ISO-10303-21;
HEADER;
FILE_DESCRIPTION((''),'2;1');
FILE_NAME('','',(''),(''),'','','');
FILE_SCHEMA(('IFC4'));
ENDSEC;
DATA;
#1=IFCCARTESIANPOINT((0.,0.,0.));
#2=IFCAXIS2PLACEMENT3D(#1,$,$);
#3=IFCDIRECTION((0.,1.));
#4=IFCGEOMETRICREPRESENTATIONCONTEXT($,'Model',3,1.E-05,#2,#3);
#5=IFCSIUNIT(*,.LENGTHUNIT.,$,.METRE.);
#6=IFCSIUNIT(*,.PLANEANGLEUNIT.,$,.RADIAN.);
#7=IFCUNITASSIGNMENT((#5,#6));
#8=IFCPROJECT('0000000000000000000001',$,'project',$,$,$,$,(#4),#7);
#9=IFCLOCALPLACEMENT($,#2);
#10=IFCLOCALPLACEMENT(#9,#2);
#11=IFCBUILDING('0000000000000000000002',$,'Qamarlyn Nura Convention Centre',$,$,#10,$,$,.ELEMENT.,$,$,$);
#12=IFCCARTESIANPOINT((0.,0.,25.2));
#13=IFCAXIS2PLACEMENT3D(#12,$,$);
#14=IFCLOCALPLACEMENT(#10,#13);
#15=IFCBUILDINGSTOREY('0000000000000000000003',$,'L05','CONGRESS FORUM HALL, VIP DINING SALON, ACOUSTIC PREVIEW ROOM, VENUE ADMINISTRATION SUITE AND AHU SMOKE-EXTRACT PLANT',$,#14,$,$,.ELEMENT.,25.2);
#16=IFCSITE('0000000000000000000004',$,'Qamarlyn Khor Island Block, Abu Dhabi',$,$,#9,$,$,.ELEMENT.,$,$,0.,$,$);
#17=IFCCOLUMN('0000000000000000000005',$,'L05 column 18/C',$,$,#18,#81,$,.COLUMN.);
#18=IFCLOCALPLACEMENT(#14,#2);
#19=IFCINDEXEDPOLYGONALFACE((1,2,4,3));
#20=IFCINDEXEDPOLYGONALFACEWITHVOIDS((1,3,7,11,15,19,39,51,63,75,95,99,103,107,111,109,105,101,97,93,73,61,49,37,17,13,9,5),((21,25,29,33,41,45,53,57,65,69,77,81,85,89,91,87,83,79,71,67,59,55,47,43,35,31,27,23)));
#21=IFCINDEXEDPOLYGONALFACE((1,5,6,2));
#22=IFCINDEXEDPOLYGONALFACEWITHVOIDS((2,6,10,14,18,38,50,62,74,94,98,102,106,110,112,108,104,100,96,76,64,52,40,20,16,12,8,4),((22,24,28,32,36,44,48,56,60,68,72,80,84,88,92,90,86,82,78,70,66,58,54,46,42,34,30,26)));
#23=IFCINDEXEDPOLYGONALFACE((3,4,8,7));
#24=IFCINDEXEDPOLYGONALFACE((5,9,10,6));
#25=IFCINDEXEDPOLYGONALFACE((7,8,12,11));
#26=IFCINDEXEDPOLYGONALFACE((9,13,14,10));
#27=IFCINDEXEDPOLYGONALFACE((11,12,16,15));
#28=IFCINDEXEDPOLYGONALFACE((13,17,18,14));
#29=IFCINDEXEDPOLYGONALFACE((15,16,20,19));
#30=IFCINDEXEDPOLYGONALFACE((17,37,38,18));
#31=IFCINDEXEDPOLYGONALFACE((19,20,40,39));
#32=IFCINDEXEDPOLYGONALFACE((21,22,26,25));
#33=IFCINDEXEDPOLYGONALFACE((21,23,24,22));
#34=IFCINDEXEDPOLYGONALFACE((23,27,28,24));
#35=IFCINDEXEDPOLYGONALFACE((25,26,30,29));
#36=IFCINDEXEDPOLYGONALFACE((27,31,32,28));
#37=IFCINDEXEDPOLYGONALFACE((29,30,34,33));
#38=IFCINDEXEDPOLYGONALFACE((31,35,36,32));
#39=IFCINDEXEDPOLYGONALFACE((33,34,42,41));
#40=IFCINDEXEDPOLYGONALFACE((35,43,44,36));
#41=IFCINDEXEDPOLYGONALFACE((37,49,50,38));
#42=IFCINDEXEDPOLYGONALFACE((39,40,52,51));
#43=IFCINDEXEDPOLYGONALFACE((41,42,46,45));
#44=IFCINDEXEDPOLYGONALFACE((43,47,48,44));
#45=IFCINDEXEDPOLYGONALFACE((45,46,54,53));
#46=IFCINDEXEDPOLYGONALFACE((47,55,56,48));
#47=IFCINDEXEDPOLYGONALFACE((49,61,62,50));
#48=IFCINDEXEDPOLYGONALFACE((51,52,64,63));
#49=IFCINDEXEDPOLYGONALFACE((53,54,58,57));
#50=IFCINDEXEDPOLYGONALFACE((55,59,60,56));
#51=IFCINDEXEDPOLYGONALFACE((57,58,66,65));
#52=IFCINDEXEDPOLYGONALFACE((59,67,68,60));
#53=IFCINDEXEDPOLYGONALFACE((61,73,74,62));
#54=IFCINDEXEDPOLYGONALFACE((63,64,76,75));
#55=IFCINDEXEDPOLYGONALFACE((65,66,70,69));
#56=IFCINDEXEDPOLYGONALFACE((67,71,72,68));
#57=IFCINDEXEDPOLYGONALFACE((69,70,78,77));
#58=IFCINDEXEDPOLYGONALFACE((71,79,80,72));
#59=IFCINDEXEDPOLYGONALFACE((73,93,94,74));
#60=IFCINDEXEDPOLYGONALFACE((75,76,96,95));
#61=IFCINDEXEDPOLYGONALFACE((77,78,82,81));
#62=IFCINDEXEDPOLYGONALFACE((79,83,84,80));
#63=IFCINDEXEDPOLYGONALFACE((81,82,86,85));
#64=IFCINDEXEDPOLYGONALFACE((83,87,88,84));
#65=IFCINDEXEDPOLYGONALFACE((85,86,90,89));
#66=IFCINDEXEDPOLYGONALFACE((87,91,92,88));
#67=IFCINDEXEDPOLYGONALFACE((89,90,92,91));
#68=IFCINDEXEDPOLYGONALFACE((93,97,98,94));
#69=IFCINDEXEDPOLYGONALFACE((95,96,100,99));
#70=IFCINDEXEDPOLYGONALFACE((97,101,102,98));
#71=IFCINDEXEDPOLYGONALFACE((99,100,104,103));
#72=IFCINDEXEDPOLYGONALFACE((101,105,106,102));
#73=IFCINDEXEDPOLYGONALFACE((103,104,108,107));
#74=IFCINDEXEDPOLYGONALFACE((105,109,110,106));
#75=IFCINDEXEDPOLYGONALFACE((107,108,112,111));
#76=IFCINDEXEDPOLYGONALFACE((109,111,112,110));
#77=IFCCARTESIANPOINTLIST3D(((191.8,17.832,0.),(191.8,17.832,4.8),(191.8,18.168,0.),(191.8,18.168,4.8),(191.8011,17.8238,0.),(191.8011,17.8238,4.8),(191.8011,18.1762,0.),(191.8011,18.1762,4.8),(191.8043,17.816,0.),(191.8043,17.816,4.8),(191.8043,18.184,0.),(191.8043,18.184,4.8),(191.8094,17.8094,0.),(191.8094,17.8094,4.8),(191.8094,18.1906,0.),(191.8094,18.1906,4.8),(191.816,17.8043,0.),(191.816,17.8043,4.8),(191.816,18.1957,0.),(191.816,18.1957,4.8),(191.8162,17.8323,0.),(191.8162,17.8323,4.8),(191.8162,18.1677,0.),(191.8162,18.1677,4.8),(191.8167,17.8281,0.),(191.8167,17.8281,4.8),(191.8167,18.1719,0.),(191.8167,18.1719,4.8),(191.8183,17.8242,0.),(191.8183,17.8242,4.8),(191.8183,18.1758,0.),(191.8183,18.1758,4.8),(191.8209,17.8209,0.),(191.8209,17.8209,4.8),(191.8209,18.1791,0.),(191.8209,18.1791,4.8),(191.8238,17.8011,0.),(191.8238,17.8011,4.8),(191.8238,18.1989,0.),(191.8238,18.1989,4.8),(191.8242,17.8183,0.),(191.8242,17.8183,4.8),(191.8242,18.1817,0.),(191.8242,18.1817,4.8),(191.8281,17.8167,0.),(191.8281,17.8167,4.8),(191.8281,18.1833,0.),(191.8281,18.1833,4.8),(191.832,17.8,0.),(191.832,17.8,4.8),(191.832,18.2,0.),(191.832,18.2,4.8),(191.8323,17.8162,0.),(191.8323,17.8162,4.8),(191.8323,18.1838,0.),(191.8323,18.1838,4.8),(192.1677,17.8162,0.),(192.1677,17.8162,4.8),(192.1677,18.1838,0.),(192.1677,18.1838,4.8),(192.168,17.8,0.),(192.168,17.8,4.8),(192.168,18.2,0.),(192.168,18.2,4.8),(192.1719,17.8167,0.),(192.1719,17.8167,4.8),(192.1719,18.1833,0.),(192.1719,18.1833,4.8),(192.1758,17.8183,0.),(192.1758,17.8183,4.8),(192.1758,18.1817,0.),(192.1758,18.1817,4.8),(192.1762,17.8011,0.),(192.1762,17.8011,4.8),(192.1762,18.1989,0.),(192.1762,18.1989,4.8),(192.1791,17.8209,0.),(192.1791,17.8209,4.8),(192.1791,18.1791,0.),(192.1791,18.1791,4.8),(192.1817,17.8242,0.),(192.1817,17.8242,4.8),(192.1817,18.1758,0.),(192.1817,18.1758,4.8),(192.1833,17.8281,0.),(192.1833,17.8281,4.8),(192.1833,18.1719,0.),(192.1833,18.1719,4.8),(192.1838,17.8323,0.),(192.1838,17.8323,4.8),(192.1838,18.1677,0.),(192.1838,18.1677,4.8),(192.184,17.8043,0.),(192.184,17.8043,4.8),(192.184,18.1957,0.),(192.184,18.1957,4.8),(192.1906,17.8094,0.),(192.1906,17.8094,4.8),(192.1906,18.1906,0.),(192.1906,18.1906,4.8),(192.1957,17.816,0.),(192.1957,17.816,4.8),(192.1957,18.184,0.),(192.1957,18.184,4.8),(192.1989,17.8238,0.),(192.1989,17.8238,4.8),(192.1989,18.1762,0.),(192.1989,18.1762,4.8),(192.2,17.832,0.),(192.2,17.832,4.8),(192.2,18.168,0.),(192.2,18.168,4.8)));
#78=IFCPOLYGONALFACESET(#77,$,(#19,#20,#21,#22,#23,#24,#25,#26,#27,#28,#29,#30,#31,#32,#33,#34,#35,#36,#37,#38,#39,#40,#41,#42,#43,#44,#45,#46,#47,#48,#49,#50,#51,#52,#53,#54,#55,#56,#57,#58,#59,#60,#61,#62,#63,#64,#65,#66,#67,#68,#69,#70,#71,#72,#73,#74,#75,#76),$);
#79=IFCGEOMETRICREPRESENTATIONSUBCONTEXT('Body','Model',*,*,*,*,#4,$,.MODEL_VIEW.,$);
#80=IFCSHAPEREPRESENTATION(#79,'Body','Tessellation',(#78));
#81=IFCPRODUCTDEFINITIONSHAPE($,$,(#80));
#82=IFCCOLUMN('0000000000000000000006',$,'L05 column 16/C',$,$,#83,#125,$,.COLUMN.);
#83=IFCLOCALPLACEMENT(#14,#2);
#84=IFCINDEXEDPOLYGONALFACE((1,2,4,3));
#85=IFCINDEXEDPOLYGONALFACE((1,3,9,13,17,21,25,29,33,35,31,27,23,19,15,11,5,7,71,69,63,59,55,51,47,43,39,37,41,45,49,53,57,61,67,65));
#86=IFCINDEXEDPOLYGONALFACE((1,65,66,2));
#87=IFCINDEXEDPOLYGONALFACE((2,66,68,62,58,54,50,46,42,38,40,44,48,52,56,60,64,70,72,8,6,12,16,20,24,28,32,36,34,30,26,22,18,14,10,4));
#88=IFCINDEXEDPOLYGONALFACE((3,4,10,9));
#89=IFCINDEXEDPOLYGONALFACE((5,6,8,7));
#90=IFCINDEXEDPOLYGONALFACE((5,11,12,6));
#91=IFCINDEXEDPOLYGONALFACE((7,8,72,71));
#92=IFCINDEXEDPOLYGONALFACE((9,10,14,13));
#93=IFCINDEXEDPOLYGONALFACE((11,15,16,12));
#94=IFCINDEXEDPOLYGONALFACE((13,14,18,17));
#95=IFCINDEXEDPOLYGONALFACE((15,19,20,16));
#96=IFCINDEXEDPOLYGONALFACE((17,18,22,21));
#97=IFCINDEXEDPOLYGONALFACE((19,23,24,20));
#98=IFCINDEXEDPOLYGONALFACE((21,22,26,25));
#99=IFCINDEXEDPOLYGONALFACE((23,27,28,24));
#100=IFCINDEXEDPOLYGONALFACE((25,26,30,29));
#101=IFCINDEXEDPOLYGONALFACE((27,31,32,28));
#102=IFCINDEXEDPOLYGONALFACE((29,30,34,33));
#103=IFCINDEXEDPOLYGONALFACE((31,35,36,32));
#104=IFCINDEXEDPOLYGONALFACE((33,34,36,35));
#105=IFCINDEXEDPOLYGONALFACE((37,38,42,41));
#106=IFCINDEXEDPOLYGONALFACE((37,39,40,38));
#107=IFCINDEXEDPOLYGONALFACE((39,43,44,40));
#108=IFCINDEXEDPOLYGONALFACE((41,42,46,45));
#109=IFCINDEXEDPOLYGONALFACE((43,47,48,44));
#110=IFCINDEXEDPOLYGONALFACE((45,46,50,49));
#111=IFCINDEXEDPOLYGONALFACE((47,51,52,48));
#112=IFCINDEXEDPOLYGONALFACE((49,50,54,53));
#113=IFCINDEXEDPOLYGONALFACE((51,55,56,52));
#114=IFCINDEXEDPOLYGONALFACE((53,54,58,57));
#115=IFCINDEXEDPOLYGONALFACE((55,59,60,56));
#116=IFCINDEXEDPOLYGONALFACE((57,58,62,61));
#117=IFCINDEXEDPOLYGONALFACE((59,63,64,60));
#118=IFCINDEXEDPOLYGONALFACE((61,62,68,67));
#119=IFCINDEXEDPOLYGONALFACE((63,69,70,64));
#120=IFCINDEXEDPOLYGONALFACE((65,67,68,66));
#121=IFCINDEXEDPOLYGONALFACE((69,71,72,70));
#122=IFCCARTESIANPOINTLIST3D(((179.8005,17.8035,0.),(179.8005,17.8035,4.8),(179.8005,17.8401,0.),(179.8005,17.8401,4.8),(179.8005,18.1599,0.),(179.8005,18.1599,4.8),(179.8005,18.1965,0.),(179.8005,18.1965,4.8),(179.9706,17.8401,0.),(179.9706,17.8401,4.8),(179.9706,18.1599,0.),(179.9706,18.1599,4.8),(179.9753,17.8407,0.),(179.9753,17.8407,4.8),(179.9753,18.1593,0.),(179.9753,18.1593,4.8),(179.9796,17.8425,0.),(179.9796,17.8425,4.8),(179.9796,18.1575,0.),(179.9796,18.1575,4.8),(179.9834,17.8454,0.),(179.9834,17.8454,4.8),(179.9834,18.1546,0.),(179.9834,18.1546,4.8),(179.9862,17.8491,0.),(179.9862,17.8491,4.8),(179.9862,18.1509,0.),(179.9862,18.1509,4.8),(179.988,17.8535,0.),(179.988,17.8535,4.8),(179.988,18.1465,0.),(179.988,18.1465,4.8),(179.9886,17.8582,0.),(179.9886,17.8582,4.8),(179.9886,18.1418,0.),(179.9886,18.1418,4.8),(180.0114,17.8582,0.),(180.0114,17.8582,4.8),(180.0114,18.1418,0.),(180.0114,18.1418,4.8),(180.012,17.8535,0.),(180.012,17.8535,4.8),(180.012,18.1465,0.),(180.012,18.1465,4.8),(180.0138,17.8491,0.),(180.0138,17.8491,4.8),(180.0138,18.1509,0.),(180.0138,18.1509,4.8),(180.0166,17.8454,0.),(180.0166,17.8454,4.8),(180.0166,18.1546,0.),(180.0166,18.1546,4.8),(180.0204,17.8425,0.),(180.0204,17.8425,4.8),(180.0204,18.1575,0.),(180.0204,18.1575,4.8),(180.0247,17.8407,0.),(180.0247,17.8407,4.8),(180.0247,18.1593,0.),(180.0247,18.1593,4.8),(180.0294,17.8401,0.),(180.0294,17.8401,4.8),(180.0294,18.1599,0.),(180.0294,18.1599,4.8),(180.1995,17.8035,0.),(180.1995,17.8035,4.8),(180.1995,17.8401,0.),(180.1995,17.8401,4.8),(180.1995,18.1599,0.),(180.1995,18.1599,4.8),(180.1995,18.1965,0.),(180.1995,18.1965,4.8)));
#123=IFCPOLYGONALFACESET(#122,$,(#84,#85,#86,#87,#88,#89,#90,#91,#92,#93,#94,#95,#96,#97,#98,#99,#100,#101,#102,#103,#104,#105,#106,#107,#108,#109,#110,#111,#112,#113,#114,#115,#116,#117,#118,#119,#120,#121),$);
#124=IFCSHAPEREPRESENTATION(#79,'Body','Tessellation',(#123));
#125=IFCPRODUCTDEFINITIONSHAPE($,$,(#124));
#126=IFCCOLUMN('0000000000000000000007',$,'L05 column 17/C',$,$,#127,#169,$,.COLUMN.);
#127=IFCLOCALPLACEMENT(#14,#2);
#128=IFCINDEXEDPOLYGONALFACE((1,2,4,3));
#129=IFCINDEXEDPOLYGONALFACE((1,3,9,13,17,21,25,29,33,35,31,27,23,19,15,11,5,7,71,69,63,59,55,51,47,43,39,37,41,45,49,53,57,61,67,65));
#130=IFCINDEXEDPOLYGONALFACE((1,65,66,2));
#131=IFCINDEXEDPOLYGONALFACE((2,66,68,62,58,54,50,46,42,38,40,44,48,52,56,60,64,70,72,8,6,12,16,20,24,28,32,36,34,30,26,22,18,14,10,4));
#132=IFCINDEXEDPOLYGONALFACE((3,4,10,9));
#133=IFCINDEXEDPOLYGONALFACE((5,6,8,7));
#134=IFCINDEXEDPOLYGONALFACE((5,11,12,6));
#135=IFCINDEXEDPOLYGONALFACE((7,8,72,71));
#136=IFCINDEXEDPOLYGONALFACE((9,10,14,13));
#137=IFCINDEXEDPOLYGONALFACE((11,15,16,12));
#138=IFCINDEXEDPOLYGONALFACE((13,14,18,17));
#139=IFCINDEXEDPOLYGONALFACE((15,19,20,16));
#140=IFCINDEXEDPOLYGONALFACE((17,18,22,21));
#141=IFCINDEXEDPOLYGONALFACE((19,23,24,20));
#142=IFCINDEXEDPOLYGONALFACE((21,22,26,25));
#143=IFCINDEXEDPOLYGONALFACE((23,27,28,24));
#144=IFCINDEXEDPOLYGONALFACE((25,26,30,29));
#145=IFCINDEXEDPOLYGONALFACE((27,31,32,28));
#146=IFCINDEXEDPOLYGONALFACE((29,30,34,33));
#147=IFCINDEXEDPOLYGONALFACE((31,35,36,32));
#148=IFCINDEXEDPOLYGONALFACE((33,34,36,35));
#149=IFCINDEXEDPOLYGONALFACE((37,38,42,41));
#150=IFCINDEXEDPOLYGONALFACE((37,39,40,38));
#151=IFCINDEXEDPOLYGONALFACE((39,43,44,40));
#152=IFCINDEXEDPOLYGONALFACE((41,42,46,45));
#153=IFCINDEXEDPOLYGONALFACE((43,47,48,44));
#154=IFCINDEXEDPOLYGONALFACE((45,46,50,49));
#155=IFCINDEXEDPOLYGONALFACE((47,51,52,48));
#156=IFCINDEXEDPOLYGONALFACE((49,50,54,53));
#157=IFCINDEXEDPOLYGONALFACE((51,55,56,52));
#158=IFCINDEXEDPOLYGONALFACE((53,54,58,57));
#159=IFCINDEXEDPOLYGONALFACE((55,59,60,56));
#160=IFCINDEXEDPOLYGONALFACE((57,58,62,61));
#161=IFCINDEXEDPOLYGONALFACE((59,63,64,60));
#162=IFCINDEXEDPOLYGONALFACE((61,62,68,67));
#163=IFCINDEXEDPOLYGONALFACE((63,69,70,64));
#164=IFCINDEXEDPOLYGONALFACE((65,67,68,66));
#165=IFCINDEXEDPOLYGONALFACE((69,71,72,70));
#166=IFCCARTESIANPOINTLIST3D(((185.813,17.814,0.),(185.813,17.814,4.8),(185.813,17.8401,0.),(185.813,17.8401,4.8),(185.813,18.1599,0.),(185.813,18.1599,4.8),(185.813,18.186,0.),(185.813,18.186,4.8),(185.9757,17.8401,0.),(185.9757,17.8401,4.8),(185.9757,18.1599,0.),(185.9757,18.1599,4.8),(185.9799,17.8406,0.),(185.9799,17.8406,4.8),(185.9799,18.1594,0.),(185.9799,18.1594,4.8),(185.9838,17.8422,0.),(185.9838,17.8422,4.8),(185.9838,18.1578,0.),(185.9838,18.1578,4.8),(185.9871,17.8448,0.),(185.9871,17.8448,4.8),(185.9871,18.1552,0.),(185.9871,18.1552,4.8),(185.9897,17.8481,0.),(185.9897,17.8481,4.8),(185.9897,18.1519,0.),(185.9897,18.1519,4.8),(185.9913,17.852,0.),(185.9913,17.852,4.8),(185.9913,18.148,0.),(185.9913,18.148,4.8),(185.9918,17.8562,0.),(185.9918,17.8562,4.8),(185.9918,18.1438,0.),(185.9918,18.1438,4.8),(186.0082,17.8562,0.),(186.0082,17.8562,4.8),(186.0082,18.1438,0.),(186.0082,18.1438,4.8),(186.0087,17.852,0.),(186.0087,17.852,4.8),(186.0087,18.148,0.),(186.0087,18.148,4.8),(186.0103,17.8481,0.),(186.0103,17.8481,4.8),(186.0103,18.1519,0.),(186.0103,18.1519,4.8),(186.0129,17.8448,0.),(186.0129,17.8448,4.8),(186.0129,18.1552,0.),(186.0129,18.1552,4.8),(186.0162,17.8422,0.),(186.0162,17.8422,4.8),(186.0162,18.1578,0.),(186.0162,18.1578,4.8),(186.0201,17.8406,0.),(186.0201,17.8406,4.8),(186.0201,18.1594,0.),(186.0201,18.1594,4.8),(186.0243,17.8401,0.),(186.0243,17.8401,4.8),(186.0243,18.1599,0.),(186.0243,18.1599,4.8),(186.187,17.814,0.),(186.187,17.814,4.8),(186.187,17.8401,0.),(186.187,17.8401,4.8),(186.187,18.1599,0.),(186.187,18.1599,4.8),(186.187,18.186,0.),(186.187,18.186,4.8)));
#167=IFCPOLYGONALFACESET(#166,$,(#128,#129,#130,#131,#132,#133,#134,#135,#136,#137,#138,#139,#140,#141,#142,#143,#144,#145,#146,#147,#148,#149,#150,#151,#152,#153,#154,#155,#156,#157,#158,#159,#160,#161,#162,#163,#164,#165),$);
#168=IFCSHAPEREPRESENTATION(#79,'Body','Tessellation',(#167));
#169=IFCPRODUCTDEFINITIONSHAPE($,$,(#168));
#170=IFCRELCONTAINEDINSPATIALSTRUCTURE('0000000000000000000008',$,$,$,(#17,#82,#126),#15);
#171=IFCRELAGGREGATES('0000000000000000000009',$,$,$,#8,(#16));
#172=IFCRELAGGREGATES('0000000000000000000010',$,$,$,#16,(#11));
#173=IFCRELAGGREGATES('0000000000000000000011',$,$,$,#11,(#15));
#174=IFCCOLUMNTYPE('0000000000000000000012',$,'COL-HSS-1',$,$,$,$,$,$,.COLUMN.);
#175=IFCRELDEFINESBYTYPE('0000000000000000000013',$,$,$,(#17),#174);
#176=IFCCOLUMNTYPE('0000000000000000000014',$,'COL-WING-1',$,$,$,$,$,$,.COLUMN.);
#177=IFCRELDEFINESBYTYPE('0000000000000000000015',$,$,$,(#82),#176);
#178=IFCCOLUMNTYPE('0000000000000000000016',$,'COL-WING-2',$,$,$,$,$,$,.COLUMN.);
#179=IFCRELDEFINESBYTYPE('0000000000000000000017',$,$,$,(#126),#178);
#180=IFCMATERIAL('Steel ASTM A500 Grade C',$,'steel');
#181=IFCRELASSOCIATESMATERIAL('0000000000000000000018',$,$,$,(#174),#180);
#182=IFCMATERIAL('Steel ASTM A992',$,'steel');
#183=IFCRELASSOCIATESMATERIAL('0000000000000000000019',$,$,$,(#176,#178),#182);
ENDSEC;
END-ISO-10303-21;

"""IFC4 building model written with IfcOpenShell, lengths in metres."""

from ifc_helpers import new_model, si_unit, direction, frame, origin, origin_2d, place, context, subcontext, project, spatial, hollow_rectangle, i_section, extrude, material, material_profile, profile_set, type_object, element, save


model = new_model("IFC4")

# Units and contexts
model_context = context("Model", 3, precision=1e-05, world=origin(), true_north=direction((0.0, 1.0)))
body_context = subcontext(model_context, "Body", "Model", "MODEL_VIEW")
ifc_project = project(units=[si_unit("LENGTHUNIT", "METRE"), si_unit("PLANEANGLEUNIT", "RADIAN")], contexts=[model_context])

# Site, building, storey
site_placement = place(None, origin())
site = spatial("IfcSite", under=ifc_project, at=site_placement, Name="Qamarlyn Khor Island Block, Abu Dhabi", CompositionType="ELEMENT", RefElevation=0.0)
building_placement = place(site_placement, origin())
building = spatial("IfcBuilding", under=site, at=building_placement, Name="Qamarlyn Nura Convention Centre", CompositionType="ELEMENT")
storey_placement = place(building_placement, frame((0.0, 0.0, 25.2)))
storey = spatial("IfcBuildingStorey", under=building, at=storey_placement, Name="L05", Description="CONGRESS FORUM HALL, VIP DINING SALON, ACOUSTIC PREVIEW ROOM, VENUE ADMINISTRATION SUITE AND AHU SMOKE-EXTRACT PLANT", CompositionType="ELEMENT", Elevation=25.2)

# Columns
ifc_material_1 = material(Name="Steel ASTM A500 Grade C", Category="steel")
ifc_material_profile_1 = material_profile(ifc_material_1, hollow_rectangle(XDim=0.3999, YDim=0.3999, WallThickness=0.0161, InnerFilletRadius=0.0161, OuterFilletRadius=0.032, at=origin_2d()), Name="HSS400X400X16")
ifc_profile_set_1 = profile_set([ifc_material_profile_1], Name="Steel ASTM A500 Grade C")
column_type_1 = type_object("IfcColumnType", Name="COL-HSS-1", PredefinedType="COLUMN", material=ifc_profile_set_1)
column_1_placement = place(storey_placement, frame((192.0, 18.0, 0.0), z_axis=(0.0, 0.0, 1.0), x_axis=(1.0, 0.0, 0.0)))
element("IfcColumn", 1, at=column_1_placement, inside=storey, type_object=column_type_1, Name="L05 column 18/C", PredefinedType="COLUMN", context=body_context, shape_type="SweptSolid", body=[
    extrude(hollow_rectangle(XDim=0.3999, YDim=0.3999, WallThickness=0.0161, InnerFilletRadius=0.0161, OuterFilletRadius=0.032, at=origin_2d()), origin(), (0.0, 0.0, 1.0), 4.8),
])
ifc_material_2 = material(Name="Steel ASTM A992", Category="steel")
ifc_material_profile_2 = material_profile(ifc_material_2, i_section(OverallWidth=0.3989, OverallDepth=0.3931, WebThickness=0.0227, FlangeThickness=0.0366, FilletRadius=0.0181, at=origin_2d()), Name="W360X287")
ifc_profile_set_2 = profile_set([ifc_material_profile_2], Name="Steel ASTM A992")
column_type_2 = type_object("IfcColumnType", Name="COL-WING-1", PredefinedType="COLUMN", material=ifc_profile_set_2)
column_2_placement = place(storey_placement, frame((180.0, 18.0, 0.0), z_axis=(0.0, 0.0, 1.0), x_axis=(1.0, 0.0, 0.0)))
element("IfcColumn", 2, at=column_2_placement, inside=storey, type_object=column_type_2, Name="L05 column 16/C", PredefinedType="COLUMN", context=body_context, shape_type="SweptSolid", body=[
    extrude(i_section(OverallWidth=0.3989, OverallDepth=0.3931, WebThickness=0.0227, FlangeThickness=0.0366, FilletRadius=0.0181, at=origin_2d()), origin(), (0.0, 0.0, 1.0), 4.8),
])
ifc_material_profile_3 = material_profile(ifc_material_2, i_section(OverallWidth=0.374, OverallDepth=0.3721, WebThickness=0.0164, FlangeThickness=0.0261, FilletRadius=0.0161, at=origin_2d()), Name="W360X196")
ifc_profile_set_3 = profile_set([ifc_material_profile_3], Name="Steel ASTM A992")
column_type_3 = type_object("IfcColumnType", Name="COL-WING-2", PredefinedType="COLUMN", material=ifc_profile_set_3)
column_3_placement = place(storey_placement, frame((186.0, 18.0, 0.0), z_axis=(0.0, 0.0, 1.0), x_axis=(1.0, 0.0, 0.0)))
element("IfcColumn", 3, at=column_3_placement, inside=storey, type_object=column_type_3, Name="L05 column 17/C", PredefinedType="COLUMN", context=body_context, shape_type="SweptSolid", body=[
    extrude(i_section(OverallWidth=0.374, OverallDepth=0.3721, WebThickness=0.0164, FlangeThickness=0.0261, FilletRadius=0.0161, at=origin_2d()), origin(), (0.0, 0.0, 1.0), 4.8),
])

save(model, "model.ifc")
